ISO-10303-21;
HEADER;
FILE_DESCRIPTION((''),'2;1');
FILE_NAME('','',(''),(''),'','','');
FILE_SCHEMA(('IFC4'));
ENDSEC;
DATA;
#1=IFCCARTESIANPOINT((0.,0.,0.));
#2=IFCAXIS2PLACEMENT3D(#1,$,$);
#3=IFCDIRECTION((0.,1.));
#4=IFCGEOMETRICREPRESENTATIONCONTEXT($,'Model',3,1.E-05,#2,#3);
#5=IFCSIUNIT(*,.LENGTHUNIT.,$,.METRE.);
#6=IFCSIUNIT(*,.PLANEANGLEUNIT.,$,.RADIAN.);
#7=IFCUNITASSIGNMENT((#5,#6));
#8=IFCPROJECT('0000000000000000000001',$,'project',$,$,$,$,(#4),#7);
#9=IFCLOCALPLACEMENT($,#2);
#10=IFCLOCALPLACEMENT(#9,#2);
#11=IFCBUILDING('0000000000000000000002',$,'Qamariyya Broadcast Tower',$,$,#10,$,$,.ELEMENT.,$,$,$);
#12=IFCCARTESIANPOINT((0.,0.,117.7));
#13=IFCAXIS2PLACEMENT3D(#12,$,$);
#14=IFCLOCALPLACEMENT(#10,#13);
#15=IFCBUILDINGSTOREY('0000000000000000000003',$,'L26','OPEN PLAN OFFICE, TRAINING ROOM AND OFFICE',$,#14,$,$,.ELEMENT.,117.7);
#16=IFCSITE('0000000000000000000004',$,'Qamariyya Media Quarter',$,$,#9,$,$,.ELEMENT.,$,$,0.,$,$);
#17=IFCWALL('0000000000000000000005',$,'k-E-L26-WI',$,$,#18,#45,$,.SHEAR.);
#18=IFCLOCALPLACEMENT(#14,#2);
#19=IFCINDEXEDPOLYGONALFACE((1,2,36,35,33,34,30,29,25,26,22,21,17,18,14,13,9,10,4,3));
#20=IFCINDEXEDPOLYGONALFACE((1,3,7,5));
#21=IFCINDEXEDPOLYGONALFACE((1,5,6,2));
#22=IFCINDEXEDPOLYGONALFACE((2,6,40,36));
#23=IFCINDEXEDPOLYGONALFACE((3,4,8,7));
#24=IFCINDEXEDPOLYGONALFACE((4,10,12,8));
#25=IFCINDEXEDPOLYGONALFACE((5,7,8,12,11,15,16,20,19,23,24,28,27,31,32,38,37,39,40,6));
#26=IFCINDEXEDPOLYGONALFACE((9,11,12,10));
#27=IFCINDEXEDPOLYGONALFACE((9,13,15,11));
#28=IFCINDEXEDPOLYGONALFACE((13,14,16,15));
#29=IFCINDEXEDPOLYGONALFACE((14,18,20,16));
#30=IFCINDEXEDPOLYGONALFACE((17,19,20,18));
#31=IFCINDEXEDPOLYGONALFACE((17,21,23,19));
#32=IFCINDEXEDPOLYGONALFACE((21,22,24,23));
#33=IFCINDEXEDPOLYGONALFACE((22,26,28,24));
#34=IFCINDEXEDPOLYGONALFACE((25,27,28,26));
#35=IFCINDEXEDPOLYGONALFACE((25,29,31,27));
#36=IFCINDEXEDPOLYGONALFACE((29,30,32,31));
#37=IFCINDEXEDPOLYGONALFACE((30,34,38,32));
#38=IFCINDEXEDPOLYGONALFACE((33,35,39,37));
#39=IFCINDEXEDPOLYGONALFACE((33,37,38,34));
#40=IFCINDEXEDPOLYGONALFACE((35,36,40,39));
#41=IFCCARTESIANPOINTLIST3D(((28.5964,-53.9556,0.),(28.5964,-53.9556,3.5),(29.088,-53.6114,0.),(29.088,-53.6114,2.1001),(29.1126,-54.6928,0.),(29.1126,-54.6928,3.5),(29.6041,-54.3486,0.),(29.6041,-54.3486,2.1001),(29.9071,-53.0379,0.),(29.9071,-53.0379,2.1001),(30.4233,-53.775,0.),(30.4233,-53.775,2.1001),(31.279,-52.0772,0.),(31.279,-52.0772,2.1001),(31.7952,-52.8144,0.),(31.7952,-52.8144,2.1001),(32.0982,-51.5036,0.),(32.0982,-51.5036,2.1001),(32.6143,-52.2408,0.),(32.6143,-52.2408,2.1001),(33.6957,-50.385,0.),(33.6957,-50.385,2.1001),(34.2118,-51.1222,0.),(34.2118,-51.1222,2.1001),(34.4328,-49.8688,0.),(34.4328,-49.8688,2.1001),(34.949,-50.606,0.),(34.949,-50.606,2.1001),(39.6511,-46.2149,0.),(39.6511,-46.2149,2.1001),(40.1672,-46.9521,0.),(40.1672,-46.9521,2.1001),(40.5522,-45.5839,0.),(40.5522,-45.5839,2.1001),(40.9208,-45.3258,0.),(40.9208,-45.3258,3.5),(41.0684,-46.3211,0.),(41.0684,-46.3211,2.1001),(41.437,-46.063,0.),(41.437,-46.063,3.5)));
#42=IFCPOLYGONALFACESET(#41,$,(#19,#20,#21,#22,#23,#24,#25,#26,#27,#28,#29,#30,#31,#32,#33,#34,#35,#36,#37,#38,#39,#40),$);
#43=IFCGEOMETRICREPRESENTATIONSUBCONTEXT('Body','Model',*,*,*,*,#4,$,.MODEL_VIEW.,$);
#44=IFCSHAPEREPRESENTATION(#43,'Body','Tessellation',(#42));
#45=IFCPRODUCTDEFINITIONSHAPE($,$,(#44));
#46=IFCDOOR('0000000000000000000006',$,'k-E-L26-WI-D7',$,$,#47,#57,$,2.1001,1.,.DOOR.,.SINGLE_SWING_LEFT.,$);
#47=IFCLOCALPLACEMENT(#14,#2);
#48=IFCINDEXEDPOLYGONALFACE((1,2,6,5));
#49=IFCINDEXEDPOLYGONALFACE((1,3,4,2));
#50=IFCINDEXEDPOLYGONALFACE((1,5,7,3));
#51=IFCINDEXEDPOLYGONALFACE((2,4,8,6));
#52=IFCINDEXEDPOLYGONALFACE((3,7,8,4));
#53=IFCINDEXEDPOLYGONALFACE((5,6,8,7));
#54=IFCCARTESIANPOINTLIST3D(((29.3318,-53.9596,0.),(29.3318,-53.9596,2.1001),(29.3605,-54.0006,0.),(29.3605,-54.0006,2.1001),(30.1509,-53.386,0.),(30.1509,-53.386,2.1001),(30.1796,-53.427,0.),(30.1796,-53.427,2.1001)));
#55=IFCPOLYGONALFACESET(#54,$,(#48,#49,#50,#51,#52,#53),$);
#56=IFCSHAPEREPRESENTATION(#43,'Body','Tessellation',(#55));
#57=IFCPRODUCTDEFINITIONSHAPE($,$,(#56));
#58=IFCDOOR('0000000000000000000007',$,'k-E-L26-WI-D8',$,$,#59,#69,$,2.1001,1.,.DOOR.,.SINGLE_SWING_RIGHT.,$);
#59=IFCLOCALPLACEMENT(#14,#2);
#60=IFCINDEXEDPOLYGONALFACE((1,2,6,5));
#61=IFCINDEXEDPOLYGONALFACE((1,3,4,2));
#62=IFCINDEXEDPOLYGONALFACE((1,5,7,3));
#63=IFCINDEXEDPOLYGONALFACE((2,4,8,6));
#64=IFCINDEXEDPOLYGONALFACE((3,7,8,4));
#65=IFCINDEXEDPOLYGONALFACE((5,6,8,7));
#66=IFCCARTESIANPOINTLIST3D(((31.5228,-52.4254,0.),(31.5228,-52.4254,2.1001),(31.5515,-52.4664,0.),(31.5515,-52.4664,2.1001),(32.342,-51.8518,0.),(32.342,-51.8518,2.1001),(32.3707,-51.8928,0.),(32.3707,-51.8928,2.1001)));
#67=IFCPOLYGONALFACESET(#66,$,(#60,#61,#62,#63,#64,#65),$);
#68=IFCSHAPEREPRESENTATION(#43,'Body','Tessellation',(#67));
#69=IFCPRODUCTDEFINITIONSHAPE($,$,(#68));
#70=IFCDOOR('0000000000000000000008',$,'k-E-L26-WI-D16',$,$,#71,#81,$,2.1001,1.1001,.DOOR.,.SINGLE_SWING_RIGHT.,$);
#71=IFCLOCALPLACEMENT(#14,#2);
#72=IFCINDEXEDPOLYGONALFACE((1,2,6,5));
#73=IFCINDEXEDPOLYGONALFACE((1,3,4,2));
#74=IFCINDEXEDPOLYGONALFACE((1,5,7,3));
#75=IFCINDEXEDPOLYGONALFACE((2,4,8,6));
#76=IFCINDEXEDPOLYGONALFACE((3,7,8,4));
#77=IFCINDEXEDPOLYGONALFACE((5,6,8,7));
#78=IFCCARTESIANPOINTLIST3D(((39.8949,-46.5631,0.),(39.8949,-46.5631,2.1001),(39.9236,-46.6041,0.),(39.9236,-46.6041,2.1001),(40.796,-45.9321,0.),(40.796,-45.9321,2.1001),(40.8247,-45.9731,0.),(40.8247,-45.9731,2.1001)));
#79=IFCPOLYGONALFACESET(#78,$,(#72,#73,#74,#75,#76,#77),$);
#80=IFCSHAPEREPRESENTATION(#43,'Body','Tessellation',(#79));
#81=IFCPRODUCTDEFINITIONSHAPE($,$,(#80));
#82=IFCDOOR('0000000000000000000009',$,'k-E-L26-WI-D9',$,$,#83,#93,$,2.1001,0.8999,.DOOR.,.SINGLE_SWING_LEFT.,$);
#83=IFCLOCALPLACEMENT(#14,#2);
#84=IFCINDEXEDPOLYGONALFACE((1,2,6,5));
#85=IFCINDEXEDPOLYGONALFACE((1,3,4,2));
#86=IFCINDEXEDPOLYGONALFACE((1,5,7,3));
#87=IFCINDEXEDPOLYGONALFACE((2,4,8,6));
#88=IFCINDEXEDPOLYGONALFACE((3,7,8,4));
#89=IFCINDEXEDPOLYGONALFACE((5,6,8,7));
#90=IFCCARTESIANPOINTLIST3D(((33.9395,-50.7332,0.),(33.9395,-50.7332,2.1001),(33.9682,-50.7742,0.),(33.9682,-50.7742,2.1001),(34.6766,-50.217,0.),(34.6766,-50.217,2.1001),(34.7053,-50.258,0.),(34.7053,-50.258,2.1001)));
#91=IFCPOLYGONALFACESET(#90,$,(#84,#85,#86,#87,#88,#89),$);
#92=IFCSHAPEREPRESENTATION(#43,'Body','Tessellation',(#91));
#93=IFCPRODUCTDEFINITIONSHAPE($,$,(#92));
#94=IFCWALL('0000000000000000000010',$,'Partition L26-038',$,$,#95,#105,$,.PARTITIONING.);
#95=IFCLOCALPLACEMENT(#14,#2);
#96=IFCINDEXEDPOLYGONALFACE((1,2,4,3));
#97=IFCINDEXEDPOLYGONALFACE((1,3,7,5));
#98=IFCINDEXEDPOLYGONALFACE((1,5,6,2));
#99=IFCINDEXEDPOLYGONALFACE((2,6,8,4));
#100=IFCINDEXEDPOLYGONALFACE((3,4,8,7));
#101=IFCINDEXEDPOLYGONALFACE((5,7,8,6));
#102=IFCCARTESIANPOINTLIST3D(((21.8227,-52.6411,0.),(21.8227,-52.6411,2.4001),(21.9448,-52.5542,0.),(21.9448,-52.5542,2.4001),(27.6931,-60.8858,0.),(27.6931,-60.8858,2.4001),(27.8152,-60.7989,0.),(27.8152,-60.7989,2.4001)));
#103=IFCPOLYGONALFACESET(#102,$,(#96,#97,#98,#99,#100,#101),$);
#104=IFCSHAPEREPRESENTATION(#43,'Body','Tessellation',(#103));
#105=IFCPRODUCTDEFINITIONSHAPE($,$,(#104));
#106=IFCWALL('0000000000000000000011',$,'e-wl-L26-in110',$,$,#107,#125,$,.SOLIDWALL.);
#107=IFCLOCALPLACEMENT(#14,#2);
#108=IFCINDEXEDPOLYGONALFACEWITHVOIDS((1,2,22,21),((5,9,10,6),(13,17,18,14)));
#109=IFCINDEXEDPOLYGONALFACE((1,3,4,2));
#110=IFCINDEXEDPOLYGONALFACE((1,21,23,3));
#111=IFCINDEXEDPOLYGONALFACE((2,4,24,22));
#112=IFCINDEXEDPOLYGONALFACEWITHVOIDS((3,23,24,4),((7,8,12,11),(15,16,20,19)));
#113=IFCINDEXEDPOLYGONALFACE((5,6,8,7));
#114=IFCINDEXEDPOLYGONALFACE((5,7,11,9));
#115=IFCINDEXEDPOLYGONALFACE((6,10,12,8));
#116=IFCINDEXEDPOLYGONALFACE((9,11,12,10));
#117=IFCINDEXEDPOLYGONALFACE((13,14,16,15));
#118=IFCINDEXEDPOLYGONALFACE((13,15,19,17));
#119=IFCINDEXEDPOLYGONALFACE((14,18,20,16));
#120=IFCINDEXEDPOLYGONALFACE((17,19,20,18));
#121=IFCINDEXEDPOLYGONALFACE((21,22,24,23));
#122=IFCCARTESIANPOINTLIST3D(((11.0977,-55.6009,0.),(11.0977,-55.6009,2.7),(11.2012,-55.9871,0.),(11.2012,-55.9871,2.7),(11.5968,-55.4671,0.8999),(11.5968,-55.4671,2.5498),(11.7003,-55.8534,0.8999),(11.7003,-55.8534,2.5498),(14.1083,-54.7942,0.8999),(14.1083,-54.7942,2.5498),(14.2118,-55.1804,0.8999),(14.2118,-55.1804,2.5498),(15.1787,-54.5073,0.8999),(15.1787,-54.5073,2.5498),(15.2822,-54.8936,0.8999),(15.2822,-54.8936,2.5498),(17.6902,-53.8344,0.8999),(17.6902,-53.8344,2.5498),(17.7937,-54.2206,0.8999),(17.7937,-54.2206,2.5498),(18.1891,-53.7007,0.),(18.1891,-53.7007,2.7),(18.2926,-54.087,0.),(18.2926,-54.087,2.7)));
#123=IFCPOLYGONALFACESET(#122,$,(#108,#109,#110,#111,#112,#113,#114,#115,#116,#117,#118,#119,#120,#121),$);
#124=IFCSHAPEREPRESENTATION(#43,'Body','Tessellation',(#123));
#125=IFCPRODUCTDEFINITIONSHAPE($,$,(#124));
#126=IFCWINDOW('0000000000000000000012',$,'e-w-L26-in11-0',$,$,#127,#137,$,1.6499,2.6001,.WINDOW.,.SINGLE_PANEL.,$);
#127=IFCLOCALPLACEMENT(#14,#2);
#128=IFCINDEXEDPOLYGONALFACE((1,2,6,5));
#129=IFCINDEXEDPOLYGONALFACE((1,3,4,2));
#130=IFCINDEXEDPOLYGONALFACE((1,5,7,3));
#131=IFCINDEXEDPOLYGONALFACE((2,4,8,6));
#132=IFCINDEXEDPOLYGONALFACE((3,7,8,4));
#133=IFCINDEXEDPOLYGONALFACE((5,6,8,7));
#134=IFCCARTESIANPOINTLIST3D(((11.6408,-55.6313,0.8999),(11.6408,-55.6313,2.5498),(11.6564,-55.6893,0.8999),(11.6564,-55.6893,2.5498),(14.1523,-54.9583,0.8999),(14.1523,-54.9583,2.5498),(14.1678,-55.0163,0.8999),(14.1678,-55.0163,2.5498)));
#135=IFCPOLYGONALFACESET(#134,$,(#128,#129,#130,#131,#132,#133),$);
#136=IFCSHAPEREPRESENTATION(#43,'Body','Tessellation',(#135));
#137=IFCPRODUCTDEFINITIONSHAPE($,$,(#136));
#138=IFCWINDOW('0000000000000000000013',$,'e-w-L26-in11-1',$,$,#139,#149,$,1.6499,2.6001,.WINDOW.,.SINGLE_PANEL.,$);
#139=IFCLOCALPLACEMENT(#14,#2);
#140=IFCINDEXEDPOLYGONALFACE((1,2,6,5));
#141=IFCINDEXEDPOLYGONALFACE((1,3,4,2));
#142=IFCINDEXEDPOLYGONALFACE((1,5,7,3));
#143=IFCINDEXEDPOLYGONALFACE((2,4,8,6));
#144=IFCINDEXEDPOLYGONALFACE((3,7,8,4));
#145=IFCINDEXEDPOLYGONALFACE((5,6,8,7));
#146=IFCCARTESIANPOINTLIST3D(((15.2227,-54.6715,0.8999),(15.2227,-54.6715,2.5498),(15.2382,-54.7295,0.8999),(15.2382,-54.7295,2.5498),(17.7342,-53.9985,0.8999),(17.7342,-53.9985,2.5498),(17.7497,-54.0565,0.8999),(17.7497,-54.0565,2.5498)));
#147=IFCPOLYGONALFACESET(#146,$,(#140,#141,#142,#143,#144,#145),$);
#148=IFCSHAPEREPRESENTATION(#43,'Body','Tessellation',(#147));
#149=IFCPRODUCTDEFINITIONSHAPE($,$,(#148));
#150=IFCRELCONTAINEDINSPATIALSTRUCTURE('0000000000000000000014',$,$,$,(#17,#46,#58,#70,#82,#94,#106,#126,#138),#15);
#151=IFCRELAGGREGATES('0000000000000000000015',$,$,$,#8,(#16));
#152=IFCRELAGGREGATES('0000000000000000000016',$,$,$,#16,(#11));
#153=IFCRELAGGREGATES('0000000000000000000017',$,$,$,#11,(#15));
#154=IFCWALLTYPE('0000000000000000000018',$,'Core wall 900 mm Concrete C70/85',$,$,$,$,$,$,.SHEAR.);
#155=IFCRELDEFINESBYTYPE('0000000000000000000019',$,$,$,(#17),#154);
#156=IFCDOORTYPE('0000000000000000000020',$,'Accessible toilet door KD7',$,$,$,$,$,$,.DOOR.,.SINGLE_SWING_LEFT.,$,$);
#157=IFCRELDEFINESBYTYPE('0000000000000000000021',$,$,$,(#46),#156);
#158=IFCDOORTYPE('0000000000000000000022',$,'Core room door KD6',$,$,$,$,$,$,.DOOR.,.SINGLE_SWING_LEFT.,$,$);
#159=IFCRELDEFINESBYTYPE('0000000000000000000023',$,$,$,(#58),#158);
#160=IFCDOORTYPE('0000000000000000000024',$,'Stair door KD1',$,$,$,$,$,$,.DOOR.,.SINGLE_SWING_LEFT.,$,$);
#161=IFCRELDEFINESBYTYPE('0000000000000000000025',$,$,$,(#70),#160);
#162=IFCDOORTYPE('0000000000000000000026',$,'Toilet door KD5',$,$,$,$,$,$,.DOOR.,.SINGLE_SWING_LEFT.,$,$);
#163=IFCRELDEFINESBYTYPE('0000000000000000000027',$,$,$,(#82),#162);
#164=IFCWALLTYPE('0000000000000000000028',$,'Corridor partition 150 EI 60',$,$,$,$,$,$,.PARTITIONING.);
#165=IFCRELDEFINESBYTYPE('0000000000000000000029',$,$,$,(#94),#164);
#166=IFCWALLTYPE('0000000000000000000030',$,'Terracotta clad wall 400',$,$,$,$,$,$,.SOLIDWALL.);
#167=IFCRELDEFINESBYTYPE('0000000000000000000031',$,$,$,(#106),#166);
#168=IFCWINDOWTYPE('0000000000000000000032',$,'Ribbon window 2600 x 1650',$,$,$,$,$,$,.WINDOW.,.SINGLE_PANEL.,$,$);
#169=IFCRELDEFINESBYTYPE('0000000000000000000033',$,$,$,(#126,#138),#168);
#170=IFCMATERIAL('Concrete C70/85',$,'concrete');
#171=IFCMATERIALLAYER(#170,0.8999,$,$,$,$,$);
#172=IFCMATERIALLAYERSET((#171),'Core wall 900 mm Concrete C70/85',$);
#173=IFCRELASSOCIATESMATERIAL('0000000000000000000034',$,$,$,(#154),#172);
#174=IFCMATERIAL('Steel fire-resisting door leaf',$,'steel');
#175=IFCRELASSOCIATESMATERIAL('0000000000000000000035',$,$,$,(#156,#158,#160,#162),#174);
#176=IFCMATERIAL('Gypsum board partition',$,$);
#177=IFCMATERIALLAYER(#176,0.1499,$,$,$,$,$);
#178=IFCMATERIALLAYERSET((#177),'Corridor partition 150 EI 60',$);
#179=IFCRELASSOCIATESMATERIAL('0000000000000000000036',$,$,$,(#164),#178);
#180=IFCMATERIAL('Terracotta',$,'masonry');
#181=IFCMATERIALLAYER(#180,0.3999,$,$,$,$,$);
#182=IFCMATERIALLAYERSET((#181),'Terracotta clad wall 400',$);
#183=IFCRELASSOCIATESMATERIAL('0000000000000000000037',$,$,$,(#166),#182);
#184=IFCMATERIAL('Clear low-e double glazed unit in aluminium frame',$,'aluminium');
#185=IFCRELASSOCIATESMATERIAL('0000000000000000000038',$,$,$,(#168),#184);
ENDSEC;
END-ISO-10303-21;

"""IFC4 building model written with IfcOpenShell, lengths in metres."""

from ifc_helpers import new_model, si_unit, direction, frame, frame_2d, origin, place, context, subcontext, project, spatial, rectangle, extrude, material, layer, layer_set, type_object, element, fill, save


model = new_model("IFC4")

# Units and contexts
model_context = context("Model", 3, precision=1e-05, world=origin(), true_north=direction((0.0, 1.0)))
body_context = subcontext(model_context, "Body", "Model", "MODEL_VIEW")
ifc_project = project(units=[si_unit("LENGTHUNIT", "METRE"), si_unit("PLANEANGLEUNIT", "RADIAN")], contexts=[model_context])

# Site, building, storey
site_placement = place(None, origin())
site = spatial("IfcSite", under=ifc_project, at=site_placement, Name="Qamariyya Media Quarter", CompositionType="ELEMENT", RefElevation=0.0)
building_placement = place(site_placement, origin())
building = spatial("IfcBuilding", under=site, at=building_placement, Name="Qamariyya Broadcast Tower", CompositionType="ELEMENT")
storey_placement = place(building_placement, frame((0.0, 0.0, 117.7)))
storey = spatial("IfcBuildingStorey", under=building, at=storey_placement, Name="L26", Description="OPEN PLAN OFFICE, TRAINING ROOM AND OFFICE", CompositionType="ELEMENT", Elevation=117.7)

# Shared definitions
ifc_material_1 = material(Name="Concrete C70/85", Category="concrete")

# Wall, openings, doors
ifc_layer_1 = layer(ifc_material_1, 0.8999)
ifc_layer_set_1 = layer_set([ifc_layer_1], Name="Core wall 900 mm Concrete C70/85")
wall_type_1 = type_object("IfcWallType", Name="Core wall 900 mm Concrete C70/85", PredefinedType="SHEAR", material=ifc_layer_set_1)
wall_1_placement = place(storey_placement, frame((28.8545, -54.3242, 0.0), z_axis=(0.0, 0.0, 1.0), x_axis=(0.819146, 0.573585, 0.0)))
wall_1 = element("IfcWall", 1, at=wall_1_placement, inside=storey, type_object=wall_type_1, Name="k-E-L26-WI", PredefinedType="SHEAR", context=body_context, shape_type="SweptSolid", body=[
    extrude(rectangle(XDim=15.0454, YDim=0.8999, at=frame_2d((7.5227, 0.0))), origin(), (0.0, 0.0, 1.0), 3.5),
])
opening_1_placement = place(wall_1_placement, frame((0.6001, 0.0, 0.0)))
opening_1 = element("IfcOpeningElement", 2, at=opening_1_placement, cuts=wall_1, PredefinedType="OPENING", context=body_context, shape_type="SweptSolid", body=[
    extrude(rectangle(XDim=1.0, YDim=2.1001, at=frame_2d((0.5, 1.05))), frame((0.0, 0.46, 0.0), z_axis=(0.0, -1.0, 0.0), x_axis=(1.0, 0.0, 0.0)), (0.0, 0.0, 1.0), 0.9199),
])
opening_2_placement = place(wall_1_placement, frame((3.2749, 0.0, 0.0)))
opening_2 = element("IfcOpeningElement", 3, at=opening_2_placement, cuts=wall_1, PredefinedType="OPENING", context=body_context, shape_type="SweptSolid", body=[
    extrude(rectangle(XDim=1.0, YDim=2.1001, at=frame_2d((0.5, 1.05))), frame((0.0, 0.46, 0.0), z_axis=(0.0, -1.0, 0.0), x_axis=(1.0, 0.0, 0.0)), (0.0, 0.0, 1.0), 0.9199),
])
opening_3_placement = place(wall_1_placement, frame((6.2251, 0.0, 0.0)))
opening_3 = element("IfcOpeningElement", 4, at=opening_3_placement, cuts=wall_1, PredefinedType="OPENING", context=body_context, shape_type="SweptSolid", body=[
    extrude(rectangle(XDim=0.8999, YDim=2.1001, at=frame_2d((0.45, 1.05))), frame((0.0, 0.46, 0.0), z_axis=(0.0, -1.0, 0.0), x_axis=(1.0, 0.0, 0.0)), (0.0, 0.0, 1.0), 0.9199),
])
opening_4_placement = place(wall_1_placement, frame((13.4954, 0.0, 0.0)))
opening_4 = element("IfcOpeningElement", 5, at=opening_4_placement, cuts=wall_1, PredefinedType="OPENING", context=body_context, shape_type="SweptSolid", body=[
    extrude(rectangle(XDim=1.1001, YDim=2.1001, at=frame_2d((0.55, 1.05))), frame((0.0, 0.46, 0.0), z_axis=(0.0, -1.0, 0.0), x_axis=(1.0, 0.0, 0.0)), (0.0, 0.0, 1.0), 0.9199),
])
ifc_material_2 = material(Name="Steel fire-resisting door leaf", Category="steel")
door_type_1 = type_object("IfcDoorType", Name="Accessible toilet door KD7", OperationType="SINGLE_SWING_LEFT", PredefinedType="DOOR", material=ifc_material_2)
door_1_placement = place(opening_1_placement, origin())
door_1 = element("IfcDoor", 6, at=door_1_placement, inside=storey, type_object=door_type_1, Name="k-E-L26-WI-D7", OperationType="SINGLE_SWING_LEFT", OverallHeight=2.1001, OverallWidth=1.0, PredefinedType="DOOR", context=body_context, shape_type="SweptSolid", body=[
    extrude(rectangle(XDim=1.0, YDim=2.1001, at=frame_2d((0.5, 1.05))), frame((0.0, 0.0249, 0.0), z_axis=(0.0, -1.0, 0.0), x_axis=(1.0, 0.0, 0.0)), (0.0, 0.0, 1.0), 0.05),
])
fill(opening_1, door_1)
door_type_2 = type_object("IfcDoorType", Name="Core room door KD6", OperationType="SINGLE_SWING_LEFT", PredefinedType="DOOR", material=ifc_material_2)
door_2_placement = place(opening_2_placement, origin())
door_2 = element("IfcDoor", 7, at=door_2_placement, inside=storey, type_object=door_type_2, Name="k-E-L26-WI-D8", OperationType="SINGLE_SWING_RIGHT", OverallHeight=2.1001, OverallWidth=1.0, PredefinedType="DOOR", context=body_context, shape_type="SweptSolid", body=[
    extrude(rectangle(XDim=1.0, YDim=2.1001, at=frame_2d((0.5, 1.05))), frame((0.0, 0.0249, 0.0), z_axis=(0.0, -1.0, 0.0), x_axis=(1.0, 0.0, 0.0)), (0.0, 0.0, 1.0), 0.05),
])
fill(opening_2, door_2)
door_type_3 = type_object("IfcDoorType", Name="Stair door KD1", OperationType="SINGLE_SWING_LEFT", PredefinedType="DOOR", material=ifc_material_2)
door_3_placement = place(opening_4_placement, origin())
door_3 = element("IfcDoor", 8, at=door_3_placement, inside=storey, type_object=door_type_3, Name="k-E-L26-WI-D16", OperationType="SINGLE_SWING_RIGHT", OverallHeight=2.1001, OverallWidth=1.1001, PredefinedType="DOOR", context=body_context, shape_type="SweptSolid", body=[
    extrude(rectangle(XDim=1.1001, YDim=2.1001, at=frame_2d((0.55, 1.05))), frame((0.0, 0.0249, 0.0), z_axis=(0.0, -1.0, 0.0), x_axis=(1.0, 0.0, 0.0)), (0.0, 0.0, 1.0), 0.05),
])
fill(opening_4, door_3)
door_type_4 = type_object("IfcDoorType", Name="Toilet door KD5", OperationType="SINGLE_SWING_LEFT", PredefinedType="DOOR", material=ifc_material_2)
door_4_placement = place(opening_3_placement, origin())
door_4 = element("IfcDoor", 9, at=door_4_placement, inside=storey, type_object=door_type_4, Name="k-E-L26-WI-D9", OperationType="SINGLE_SWING_LEFT", OverallHeight=2.1001, OverallWidth=0.8999, PredefinedType="DOOR", context=body_context, shape_type="SweptSolid", body=[
    extrude(rectangle(XDim=0.8999, YDim=2.1001, at=frame_2d((0.45, 1.05))), frame((0.0, 0.0249, 0.0), z_axis=(0.0, -1.0, 0.0), x_axis=(1.0, 0.0, 0.0)), (0.0, 0.0, 1.0), 0.05),
])
fill(opening_3, door_4)

# Wall
ifc_material_3 = material(Name="Gypsum board partition")
ifc_layer_2 = layer(ifc_material_3, 0.1499)
ifc_layer_set_2 = layer_set([ifc_layer_2], Name="Corridor partition 150 EI 60")
wall_type_2 = type_object("IfcWallType", Name="Corridor partition 150 EI 60", PredefinedType="PARTITIONING", material=ifc_layer_set_2)
wall_2_placement = place(storey_placement, frame((21.8838, -52.5977, 0.0), z_axis=(0.0, 0.0, 1.0), x_axis=(0.580017, -0.814605, 0.0)))
element("IfcWall", 10, at=wall_2_placement, inside=storey, type_object=wall_type_2, Name="Partition L26-038", PredefinedType="PARTITIONING", context=body_context, shape_type="SweptSolid", body=[
    extrude(rectangle(XDim=10.1211, YDim=0.1499, at=frame_2d((5.0605, 0.0))), origin(), (0.0, 0.0, 1.0), 2.4001),
])

# Wall, openings, windows
ifc_material_4 = material(Name="Terracotta", Category="masonry")
ifc_layer_3 = layer(ifc_material_4, 0.3999)
ifc_layer_set_3 = layer_set([ifc_layer_3], Name="Terracotta clad wall 400")
wall_type_3 = type_object("IfcWallType", Name="Terracotta clad wall 400", PredefinedType="SOLIDWALL", material=ifc_layer_set_3)
wall_3_placement = place(storey_placement, frame((18.241, -53.8938, 0.0), z_axis=(0.0, 0.0, 1.0), x_axis=(-0.965925, -0.258824, 0.0)))
wall_3 = element("IfcWall", 11, at=wall_3_placement, inside=storey, type_object=wall_type_3, Name="e-wl-L26-in110", PredefinedType="SOLIDWALL", context=body_context, shape_type="SweptSolid", body=[
    extrude(rectangle(XDim=7.3416, YDim=0.3999, at=frame_2d((3.6709, 0.0))), origin(), (0.0, 0.0, 1.0), 2.7),
])
opening_5_placement = place(wall_3_placement, frame((4.2249, 0.0, 0.8999)))
opening_5 = element("IfcOpeningElement", 12, at=opening_5_placement, cuts=wall_3, PredefinedType="OPENING", context=body_context, shape_type="SweptSolid", body=[
    extrude(rectangle(XDim=2.6001, YDim=1.6499, at=frame_2d((1.3, 0.825))), frame((0.0, 0.21, 0.0), z_axis=(0.0, -1.0, 0.0), x_axis=(1.0, 0.0, 0.0)), (0.0, 0.0, 1.0), 0.4199),
])
opening_6_placement = place(wall_3_placement, frame((0.5166, 0.0, 0.8999)))
opening_6 = element("IfcOpeningElement", 13, at=opening_6_placement, cuts=wall_3, PredefinedType="OPENING", context=body_context, shape_type="SweptSolid", body=[
    extrude(rectangle(XDim=2.6001, YDim=1.6499, at=frame_2d((1.3, 0.825))), frame((0.0, 0.21, 0.0), z_axis=(0.0, -1.0, 0.0), x_axis=(1.0, 0.0, 0.0)), (0.0, 0.0, 1.0), 0.4199),
])
ifc_material_5 = material(Name="Clear low-e double glazed unit in aluminium frame", Category="aluminium")
window_type = type_object("IfcWindowType", Name="Ribbon window 2600 x 1650", PartitioningType="SINGLE_PANEL", PredefinedType="WINDOW", material=ifc_material_5)
window_1_placement = place(opening_5_placement, origin())
window_1 = element("IfcWindow", 14, at=window_1_placement, inside=storey, type_object=window_type, Name="e-w-L26-in11-0", OverallHeight=1.6499, OverallWidth=2.6001, PartitioningType="SINGLE_PANEL", PredefinedType="WINDOW", context=body_context, shape_type="SweptSolid", body=[
    extrude(rectangle(XDim=2.6001, YDim=1.6499, at=frame_2d((1.3, 0.825))), frame((0.0, 0.03, 0.0), z_axis=(0.0, -1.0, 0.0), x_axis=(1.0, 0.0, 0.0)), (0.0, 0.0, 1.0), 0.0601),
])
fill(opening_5, window_1)
window_2_placement = place(opening_6_placement, origin())
window_2 = element("IfcWindow", 15, at=window_2_placement, inside=storey, type_object=window_type, Name="e-w-L26-in11-1", OverallHeight=1.6499, OverallWidth=2.6001, PartitioningType="SINGLE_PANEL", PredefinedType="WINDOW", context=body_context, shape_type="SweptSolid", body=[
    extrude(rectangle(XDim=2.6001, YDim=1.6499, at=frame_2d((1.3, 0.825))), frame((0.0, 0.03, 0.0), z_axis=(0.0, -1.0, 0.0), x_axis=(1.0, 0.0, 0.0)), (0.0, 0.0, 1.0), 0.0601),
])
fill(opening_6, window_2)

save(model, "model.ifc")
